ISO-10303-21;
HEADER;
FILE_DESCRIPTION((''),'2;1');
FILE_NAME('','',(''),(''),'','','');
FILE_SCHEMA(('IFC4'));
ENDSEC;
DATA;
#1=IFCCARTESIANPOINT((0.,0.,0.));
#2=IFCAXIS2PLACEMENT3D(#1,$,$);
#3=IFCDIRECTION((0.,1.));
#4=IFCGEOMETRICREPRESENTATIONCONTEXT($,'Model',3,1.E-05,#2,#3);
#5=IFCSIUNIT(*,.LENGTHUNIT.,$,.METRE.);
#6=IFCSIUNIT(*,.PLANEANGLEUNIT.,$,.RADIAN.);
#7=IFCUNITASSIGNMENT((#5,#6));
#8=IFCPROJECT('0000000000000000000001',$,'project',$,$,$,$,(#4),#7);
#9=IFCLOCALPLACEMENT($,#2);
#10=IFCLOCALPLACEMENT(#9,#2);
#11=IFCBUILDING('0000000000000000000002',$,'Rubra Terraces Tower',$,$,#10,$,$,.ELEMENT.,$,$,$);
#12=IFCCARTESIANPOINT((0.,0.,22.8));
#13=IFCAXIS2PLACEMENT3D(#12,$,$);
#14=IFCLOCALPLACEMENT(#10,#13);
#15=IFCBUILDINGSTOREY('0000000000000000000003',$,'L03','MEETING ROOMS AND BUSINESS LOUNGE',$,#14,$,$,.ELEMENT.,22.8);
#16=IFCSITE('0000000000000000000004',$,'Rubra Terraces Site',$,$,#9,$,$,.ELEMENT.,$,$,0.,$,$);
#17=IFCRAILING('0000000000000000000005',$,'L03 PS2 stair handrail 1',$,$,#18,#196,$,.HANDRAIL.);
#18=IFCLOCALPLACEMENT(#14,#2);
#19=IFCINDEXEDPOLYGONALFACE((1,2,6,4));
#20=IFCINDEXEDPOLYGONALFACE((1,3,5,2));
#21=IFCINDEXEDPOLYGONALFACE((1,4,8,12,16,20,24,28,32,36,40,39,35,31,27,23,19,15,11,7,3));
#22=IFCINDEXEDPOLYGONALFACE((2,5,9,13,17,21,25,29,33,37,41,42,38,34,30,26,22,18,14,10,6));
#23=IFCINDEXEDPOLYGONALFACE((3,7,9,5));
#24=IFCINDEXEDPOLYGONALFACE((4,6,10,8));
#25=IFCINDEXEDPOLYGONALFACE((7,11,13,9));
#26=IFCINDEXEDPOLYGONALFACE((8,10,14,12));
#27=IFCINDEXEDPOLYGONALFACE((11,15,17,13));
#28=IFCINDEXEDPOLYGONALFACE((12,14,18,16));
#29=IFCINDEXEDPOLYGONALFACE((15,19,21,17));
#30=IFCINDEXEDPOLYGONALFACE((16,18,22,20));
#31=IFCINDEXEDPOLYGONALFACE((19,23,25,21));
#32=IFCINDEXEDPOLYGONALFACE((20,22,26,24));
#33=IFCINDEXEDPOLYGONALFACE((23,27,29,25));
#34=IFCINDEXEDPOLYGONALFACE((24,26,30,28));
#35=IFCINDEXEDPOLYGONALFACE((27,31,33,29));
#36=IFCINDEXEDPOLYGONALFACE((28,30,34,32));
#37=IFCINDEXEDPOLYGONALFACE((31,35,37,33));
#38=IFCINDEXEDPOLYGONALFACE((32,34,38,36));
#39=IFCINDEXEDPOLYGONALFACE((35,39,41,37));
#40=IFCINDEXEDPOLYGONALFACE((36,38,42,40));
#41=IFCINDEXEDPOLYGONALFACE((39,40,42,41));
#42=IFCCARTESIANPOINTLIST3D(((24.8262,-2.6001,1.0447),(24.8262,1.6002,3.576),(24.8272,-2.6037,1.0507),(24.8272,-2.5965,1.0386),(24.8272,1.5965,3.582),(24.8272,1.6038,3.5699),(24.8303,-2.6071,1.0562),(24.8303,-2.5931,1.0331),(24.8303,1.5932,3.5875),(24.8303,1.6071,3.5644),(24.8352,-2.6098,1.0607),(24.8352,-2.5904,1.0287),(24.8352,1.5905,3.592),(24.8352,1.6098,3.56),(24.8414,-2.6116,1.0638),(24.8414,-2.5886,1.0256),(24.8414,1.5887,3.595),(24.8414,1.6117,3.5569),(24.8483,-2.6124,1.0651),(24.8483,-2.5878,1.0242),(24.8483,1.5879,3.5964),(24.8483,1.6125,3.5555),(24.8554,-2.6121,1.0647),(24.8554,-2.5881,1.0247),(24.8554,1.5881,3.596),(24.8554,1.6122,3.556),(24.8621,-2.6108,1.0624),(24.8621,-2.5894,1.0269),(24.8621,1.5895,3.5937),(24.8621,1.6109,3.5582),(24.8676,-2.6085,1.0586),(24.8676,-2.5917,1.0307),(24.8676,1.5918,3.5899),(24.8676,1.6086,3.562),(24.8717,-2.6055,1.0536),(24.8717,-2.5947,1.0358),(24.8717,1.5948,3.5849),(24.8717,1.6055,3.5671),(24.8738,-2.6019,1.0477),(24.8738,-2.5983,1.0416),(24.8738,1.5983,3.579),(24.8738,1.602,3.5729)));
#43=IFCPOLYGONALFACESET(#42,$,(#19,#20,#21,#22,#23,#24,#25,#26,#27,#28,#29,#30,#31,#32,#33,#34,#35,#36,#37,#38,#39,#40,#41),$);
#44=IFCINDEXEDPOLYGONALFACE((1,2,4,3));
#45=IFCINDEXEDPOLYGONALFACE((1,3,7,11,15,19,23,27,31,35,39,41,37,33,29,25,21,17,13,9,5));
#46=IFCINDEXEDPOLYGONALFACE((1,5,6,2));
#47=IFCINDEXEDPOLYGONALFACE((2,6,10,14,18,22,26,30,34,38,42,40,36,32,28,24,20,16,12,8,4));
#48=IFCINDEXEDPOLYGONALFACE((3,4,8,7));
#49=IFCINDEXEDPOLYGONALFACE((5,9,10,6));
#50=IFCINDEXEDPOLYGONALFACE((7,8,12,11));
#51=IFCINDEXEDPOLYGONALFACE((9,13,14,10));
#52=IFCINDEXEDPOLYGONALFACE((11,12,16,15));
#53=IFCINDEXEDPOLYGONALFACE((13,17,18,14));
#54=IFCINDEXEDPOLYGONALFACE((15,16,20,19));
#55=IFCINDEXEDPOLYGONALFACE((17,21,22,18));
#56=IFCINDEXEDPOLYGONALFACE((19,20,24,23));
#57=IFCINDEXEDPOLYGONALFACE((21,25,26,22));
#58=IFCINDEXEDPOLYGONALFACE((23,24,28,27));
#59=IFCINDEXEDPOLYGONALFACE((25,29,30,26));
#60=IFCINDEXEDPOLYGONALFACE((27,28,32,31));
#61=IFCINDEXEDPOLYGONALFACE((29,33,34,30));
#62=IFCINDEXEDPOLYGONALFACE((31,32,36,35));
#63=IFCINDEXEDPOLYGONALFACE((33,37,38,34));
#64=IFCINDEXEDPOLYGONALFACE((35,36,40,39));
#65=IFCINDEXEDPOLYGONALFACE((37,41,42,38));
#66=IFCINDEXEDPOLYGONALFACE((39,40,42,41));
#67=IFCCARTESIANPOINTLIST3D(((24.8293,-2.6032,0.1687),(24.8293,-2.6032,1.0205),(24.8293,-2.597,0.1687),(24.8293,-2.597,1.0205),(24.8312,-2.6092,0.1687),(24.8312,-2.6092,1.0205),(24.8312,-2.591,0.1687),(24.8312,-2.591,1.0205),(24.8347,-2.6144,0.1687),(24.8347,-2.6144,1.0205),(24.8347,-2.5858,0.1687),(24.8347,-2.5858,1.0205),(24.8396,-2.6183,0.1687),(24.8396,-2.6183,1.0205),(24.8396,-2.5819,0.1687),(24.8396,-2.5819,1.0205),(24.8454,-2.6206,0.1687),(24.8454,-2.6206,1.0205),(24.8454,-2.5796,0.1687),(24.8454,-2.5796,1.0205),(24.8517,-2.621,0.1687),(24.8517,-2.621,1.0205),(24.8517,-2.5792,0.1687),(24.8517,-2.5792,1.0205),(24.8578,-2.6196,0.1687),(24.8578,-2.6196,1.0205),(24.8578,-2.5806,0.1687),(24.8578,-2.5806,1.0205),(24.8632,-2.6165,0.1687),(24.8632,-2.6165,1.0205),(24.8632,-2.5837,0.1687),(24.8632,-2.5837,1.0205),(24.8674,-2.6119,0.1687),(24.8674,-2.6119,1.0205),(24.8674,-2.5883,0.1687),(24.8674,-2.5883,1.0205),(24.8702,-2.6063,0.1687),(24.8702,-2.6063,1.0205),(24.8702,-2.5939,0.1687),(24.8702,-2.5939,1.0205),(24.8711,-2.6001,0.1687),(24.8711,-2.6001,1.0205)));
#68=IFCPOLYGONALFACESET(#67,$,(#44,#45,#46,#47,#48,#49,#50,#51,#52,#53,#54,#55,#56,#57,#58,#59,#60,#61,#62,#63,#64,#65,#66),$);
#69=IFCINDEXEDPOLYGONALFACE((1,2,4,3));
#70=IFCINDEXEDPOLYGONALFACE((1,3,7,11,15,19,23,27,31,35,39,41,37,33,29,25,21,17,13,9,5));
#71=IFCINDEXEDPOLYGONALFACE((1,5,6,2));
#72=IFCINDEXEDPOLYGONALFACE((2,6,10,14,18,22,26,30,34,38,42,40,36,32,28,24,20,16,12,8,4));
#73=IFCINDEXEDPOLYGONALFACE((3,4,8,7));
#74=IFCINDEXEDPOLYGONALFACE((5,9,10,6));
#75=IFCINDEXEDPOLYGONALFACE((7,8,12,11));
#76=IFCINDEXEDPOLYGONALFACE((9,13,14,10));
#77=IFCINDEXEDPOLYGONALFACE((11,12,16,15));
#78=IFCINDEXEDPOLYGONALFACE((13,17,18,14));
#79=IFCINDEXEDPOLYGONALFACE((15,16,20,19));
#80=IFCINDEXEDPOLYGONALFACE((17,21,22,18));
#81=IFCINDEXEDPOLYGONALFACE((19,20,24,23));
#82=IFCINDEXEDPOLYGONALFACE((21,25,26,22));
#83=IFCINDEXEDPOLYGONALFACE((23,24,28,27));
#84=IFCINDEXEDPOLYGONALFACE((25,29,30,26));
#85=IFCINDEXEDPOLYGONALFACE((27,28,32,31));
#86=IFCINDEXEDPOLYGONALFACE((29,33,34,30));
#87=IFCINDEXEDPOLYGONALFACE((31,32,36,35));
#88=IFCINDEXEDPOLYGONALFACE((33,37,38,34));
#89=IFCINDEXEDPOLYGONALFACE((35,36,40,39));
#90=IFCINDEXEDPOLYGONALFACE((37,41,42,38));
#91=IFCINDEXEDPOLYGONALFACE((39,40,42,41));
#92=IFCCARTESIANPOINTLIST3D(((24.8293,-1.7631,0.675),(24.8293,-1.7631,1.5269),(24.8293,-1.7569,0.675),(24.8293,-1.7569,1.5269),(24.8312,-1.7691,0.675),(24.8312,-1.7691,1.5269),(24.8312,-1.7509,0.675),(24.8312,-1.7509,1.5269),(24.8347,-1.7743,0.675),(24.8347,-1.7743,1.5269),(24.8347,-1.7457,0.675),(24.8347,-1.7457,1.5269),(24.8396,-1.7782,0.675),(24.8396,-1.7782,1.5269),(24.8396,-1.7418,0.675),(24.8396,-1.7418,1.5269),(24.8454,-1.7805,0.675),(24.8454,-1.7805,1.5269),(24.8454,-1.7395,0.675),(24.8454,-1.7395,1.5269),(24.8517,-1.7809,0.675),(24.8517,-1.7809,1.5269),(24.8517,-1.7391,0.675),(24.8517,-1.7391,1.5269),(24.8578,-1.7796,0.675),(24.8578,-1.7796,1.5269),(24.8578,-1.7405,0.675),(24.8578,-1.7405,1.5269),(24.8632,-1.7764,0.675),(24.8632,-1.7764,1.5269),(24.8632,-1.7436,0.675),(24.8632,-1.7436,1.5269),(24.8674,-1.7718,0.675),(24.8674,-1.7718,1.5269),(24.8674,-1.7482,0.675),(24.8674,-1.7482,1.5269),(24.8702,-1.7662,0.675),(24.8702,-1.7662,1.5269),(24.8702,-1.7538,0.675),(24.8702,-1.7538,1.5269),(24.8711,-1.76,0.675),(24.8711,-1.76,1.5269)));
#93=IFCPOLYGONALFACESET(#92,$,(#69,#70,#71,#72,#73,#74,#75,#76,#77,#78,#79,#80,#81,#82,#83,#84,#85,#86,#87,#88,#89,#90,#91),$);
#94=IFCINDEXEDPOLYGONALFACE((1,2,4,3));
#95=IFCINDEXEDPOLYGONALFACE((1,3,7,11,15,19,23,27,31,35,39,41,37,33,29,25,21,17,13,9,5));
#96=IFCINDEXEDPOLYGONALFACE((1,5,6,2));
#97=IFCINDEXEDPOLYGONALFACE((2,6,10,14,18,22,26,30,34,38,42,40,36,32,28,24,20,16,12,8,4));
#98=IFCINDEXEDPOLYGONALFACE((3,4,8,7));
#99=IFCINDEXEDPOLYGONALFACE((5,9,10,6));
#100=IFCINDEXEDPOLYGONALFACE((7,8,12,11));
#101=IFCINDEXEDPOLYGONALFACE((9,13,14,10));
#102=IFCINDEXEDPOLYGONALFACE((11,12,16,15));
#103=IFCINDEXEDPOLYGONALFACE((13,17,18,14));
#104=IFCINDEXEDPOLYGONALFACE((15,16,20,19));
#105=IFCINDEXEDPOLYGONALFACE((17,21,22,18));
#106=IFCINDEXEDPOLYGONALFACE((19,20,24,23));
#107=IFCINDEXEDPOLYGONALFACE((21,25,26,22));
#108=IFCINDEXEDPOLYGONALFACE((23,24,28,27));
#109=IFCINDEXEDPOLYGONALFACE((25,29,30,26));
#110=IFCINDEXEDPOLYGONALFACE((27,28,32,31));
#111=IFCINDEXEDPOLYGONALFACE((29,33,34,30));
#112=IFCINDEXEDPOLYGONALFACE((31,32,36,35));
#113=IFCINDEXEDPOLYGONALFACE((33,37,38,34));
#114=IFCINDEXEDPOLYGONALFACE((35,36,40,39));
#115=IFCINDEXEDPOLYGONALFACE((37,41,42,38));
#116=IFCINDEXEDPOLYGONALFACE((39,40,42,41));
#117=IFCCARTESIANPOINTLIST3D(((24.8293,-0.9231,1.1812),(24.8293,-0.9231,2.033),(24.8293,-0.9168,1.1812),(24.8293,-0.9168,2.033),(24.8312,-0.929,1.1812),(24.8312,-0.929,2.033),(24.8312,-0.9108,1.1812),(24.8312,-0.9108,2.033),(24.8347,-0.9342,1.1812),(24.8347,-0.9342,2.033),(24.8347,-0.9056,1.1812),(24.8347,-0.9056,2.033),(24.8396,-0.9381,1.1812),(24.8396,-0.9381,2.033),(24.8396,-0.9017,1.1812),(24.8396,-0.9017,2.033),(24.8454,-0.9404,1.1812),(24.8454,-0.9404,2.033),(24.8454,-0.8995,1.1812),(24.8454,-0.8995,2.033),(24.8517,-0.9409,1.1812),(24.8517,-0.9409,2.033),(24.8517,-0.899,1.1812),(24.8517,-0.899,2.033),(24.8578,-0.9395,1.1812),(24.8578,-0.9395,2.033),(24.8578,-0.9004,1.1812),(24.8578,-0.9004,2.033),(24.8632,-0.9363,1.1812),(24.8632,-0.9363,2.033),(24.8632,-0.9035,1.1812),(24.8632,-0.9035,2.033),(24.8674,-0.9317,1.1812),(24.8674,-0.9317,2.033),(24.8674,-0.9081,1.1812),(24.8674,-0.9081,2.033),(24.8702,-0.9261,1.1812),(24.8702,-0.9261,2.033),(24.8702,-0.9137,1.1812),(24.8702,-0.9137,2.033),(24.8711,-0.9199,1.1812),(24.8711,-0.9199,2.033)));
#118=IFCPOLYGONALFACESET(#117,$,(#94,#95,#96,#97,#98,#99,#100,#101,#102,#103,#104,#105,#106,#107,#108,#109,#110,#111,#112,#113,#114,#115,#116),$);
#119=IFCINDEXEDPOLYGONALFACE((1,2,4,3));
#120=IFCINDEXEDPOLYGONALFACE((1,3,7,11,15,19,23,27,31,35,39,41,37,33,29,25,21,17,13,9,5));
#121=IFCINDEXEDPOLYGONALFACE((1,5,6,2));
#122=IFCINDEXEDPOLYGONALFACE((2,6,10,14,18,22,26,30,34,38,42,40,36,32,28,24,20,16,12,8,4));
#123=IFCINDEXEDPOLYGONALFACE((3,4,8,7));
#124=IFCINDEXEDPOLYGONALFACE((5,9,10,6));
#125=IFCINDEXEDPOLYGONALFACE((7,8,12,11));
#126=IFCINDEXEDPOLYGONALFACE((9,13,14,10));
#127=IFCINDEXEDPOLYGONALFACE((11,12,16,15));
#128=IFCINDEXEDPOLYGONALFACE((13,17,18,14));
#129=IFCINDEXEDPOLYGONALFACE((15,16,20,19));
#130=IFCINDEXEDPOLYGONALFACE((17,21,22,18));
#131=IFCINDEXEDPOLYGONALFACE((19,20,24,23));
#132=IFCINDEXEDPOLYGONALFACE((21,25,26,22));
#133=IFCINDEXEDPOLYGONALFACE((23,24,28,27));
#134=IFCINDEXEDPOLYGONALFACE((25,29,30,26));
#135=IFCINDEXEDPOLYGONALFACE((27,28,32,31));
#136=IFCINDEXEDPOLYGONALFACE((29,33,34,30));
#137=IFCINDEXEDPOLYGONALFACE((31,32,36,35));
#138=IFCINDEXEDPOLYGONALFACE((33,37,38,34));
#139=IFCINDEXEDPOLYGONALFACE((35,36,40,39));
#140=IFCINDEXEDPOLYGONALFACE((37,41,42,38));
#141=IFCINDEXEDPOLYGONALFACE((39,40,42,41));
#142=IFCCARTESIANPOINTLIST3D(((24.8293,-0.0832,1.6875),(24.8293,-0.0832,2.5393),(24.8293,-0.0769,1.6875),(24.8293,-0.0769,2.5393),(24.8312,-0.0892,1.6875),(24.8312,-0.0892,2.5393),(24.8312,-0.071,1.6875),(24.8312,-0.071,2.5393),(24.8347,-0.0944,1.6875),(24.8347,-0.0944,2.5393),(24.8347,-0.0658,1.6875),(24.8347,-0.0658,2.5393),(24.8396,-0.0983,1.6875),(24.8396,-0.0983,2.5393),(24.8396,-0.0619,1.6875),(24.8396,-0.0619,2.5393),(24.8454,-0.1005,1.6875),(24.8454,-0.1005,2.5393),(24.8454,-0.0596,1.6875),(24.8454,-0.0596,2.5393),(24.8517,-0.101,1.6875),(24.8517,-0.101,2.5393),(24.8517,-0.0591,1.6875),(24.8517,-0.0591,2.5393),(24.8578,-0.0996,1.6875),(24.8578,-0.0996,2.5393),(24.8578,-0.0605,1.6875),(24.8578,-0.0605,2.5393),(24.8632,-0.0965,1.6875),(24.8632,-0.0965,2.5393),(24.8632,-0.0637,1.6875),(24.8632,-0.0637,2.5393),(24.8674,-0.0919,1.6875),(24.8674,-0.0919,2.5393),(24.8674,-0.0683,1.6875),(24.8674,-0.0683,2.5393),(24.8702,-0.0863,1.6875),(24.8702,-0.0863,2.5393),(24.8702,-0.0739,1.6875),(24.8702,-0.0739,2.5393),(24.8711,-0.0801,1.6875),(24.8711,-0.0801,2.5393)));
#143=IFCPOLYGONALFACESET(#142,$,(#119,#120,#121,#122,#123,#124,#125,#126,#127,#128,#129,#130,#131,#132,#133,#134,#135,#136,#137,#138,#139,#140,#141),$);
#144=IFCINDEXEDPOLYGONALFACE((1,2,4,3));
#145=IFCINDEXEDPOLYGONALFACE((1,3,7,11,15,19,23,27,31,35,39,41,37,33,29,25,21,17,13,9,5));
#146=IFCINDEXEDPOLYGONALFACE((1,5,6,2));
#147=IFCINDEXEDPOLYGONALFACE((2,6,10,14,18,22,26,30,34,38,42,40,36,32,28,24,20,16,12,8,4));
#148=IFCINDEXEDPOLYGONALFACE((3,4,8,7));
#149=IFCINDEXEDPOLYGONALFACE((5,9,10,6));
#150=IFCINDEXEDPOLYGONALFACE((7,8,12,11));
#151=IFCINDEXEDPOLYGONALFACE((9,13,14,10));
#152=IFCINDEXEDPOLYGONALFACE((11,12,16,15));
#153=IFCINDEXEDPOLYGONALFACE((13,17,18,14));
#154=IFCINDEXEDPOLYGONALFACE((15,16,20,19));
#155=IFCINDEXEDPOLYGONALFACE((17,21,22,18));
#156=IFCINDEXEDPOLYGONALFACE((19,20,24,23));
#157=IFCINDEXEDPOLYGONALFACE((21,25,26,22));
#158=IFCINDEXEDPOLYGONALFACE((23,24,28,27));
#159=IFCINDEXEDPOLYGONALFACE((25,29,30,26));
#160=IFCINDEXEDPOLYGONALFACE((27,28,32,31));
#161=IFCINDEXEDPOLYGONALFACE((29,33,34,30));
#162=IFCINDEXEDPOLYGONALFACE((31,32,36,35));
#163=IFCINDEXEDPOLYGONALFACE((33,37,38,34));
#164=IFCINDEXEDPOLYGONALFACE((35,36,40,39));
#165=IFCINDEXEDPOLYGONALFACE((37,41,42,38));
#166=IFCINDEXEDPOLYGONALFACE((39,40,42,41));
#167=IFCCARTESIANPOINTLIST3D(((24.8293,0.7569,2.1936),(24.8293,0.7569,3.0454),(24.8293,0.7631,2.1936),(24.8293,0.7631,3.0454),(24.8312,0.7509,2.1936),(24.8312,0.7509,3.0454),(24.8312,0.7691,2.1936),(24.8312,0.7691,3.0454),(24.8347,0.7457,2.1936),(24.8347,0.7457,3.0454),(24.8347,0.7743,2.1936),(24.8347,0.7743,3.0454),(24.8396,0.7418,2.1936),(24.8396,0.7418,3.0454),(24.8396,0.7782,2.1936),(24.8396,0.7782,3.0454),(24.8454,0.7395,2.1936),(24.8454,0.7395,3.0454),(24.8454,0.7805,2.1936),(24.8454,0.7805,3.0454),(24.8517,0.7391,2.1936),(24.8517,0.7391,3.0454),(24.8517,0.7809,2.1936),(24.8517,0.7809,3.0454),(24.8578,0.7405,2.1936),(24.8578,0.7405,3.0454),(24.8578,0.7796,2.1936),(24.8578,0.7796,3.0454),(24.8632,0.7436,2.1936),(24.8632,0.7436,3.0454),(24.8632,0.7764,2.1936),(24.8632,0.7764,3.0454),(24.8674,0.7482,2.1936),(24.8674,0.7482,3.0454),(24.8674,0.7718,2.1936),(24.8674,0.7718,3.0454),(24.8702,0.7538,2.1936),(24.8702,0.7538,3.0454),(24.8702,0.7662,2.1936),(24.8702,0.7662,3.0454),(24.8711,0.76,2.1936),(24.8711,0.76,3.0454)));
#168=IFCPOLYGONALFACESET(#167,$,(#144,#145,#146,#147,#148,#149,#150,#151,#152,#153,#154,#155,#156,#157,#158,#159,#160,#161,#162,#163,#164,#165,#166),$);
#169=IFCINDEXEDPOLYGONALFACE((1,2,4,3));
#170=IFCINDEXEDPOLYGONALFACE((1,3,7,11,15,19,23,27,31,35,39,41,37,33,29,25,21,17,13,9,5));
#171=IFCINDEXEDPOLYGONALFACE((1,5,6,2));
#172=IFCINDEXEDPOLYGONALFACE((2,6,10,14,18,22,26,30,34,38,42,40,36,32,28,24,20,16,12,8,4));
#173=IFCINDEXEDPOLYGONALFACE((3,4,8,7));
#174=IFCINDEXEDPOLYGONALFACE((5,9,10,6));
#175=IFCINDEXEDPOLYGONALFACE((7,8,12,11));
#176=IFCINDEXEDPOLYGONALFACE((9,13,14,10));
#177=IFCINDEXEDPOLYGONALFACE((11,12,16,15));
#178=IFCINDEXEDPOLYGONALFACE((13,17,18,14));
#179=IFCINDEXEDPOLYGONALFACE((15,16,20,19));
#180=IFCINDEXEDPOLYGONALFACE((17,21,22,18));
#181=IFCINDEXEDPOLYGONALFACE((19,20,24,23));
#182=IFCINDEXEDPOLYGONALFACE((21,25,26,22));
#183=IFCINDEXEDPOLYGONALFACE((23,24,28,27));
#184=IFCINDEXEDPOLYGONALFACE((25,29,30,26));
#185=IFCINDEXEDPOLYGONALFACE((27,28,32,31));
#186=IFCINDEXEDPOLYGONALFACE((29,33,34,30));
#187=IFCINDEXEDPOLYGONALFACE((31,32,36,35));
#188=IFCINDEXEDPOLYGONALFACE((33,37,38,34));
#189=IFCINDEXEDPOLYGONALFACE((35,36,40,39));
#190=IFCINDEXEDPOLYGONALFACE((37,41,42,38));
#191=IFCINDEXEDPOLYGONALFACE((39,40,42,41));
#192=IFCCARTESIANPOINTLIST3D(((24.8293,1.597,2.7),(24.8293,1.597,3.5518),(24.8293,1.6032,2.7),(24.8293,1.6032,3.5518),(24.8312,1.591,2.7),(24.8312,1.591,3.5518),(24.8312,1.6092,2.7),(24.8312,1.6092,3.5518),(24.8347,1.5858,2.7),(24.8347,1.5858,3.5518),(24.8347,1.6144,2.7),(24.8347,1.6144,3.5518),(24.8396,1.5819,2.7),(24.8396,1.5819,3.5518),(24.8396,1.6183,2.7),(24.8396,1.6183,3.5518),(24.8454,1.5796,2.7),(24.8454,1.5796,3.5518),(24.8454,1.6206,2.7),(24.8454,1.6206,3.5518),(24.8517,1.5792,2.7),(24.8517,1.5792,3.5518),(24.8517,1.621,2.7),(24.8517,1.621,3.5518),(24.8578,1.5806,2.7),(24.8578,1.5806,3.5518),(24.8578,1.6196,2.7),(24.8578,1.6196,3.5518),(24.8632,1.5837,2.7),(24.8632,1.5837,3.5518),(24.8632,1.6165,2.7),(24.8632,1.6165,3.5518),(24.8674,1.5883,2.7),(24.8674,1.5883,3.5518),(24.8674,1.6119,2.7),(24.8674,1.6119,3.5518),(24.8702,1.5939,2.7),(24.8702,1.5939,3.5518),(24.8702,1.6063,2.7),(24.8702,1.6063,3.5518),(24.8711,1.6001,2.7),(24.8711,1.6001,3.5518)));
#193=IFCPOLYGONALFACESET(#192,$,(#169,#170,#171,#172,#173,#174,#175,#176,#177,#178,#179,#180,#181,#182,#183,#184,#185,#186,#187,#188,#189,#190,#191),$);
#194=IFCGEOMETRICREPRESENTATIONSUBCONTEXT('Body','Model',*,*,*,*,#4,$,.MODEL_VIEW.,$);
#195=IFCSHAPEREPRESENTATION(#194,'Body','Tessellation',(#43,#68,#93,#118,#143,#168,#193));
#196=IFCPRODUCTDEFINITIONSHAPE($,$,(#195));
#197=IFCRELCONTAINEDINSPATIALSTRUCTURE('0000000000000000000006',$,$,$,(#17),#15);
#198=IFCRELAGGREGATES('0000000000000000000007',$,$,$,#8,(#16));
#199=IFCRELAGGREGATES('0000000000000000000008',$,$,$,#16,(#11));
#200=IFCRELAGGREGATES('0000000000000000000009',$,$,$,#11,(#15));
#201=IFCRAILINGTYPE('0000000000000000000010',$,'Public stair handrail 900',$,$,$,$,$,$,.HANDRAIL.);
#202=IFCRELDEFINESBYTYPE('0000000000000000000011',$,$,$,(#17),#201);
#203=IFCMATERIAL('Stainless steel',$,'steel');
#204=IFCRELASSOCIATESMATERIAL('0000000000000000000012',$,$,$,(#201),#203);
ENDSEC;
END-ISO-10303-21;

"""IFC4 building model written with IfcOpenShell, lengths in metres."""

from ifc_helpers import new_model, si_unit, direction, frame, origin, origin_2d, place, context, subcontext, project, spatial, circle, extrude, material, type_object, element, save


model = new_model("IFC4")

# Units and contexts
model_context = context("Model", 3, precision=1e-05, world=origin(), true_north=direction((0.0, 1.0)))
body_context = subcontext(model_context, "Body", "Model", "MODEL_VIEW")
ifc_project = project(units=[si_unit("LENGTHUNIT", "METRE"), si_unit("PLANEANGLEUNIT", "RADIAN")], contexts=[model_context])

# Site, building, storey
site_placement = place(None, origin())
site = spatial("IfcSite", under=ifc_project, at=site_placement, Name="Rubra Terraces Site", CompositionType="ELEMENT", RefElevation=0.0)
building_placement = place(site_placement, origin())
building = spatial("IfcBuilding", under=site, at=building_placement, Name="Rubra Terraces Tower", CompositionType="ELEMENT")
storey_placement = place(building_placement, frame((0.0, 0.0, 22.8)))
storey = spatial("IfcBuildingStorey", under=building, at=storey_placement, Name="L03", Description="MEETING ROOMS AND BUSINESS LOUNGE", CompositionType="ELEMENT", Elevation=22.8)

# Railing
ifc_material_1 = material(Name="Stainless steel", Category="steel")
railing_type_1 = type_object("IfcRailingType", Name="Public stair handrail 900", PredefinedType="HANDRAIL", material=ifc_material_1)
railing_1_placement = place(storey_placement, frame((24.8501, -2.6001, 0.1687)))
element("IfcRailing", 1, at=railing_1_placement, inside=storey, type_object=railing_type_1, Name="L03 PS2 stair handrail 1", PredefinedType="HANDRAIL", context=body_context, shape_type="SweptSolid", body=[
    extrude(circle(Radius=0.0239, at=origin_2d()), frame((0.0, 0.0, 0.876), z_axis=(0.0, 0.85649, 0.516164), x_axis=(-1.0, 0.0, 0.0)), (0.0, 0.0, 1.0), 4.9041),
    extrude(circle(Radius=0.021, at=origin_2d()), origin(), (0.0, 0.0, 1.0), 0.8518),
    extrude(circle(Radius=0.021, at=origin_2d()), frame((0.0, 0.8401, 0.5063)), (0.0, 0.0, 1.0), 0.8518),
    extrude(circle(Radius=0.021, at=origin_2d()), frame((0.0, 1.6802, 1.0125)), (0.0, 0.0, 1.0), 0.8518),
    extrude(circle(Radius=0.021, at=origin_2d()), frame((0.0, 2.52, 1.5188)), (0.0, 0.0, 1.0), 0.8518),
    extrude(circle(Radius=0.021, at=origin_2d()), frame((0.0, 3.3601, 2.0249)), (0.0, 0.0, 1.0), 0.8518),
    extrude(circle(Radius=0.021, at=origin_2d()), frame((0.0, 4.2002, 2.5312)), (0.0, 0.0, 1.0), 0.8518),
])

save(model, "model.ifc")
